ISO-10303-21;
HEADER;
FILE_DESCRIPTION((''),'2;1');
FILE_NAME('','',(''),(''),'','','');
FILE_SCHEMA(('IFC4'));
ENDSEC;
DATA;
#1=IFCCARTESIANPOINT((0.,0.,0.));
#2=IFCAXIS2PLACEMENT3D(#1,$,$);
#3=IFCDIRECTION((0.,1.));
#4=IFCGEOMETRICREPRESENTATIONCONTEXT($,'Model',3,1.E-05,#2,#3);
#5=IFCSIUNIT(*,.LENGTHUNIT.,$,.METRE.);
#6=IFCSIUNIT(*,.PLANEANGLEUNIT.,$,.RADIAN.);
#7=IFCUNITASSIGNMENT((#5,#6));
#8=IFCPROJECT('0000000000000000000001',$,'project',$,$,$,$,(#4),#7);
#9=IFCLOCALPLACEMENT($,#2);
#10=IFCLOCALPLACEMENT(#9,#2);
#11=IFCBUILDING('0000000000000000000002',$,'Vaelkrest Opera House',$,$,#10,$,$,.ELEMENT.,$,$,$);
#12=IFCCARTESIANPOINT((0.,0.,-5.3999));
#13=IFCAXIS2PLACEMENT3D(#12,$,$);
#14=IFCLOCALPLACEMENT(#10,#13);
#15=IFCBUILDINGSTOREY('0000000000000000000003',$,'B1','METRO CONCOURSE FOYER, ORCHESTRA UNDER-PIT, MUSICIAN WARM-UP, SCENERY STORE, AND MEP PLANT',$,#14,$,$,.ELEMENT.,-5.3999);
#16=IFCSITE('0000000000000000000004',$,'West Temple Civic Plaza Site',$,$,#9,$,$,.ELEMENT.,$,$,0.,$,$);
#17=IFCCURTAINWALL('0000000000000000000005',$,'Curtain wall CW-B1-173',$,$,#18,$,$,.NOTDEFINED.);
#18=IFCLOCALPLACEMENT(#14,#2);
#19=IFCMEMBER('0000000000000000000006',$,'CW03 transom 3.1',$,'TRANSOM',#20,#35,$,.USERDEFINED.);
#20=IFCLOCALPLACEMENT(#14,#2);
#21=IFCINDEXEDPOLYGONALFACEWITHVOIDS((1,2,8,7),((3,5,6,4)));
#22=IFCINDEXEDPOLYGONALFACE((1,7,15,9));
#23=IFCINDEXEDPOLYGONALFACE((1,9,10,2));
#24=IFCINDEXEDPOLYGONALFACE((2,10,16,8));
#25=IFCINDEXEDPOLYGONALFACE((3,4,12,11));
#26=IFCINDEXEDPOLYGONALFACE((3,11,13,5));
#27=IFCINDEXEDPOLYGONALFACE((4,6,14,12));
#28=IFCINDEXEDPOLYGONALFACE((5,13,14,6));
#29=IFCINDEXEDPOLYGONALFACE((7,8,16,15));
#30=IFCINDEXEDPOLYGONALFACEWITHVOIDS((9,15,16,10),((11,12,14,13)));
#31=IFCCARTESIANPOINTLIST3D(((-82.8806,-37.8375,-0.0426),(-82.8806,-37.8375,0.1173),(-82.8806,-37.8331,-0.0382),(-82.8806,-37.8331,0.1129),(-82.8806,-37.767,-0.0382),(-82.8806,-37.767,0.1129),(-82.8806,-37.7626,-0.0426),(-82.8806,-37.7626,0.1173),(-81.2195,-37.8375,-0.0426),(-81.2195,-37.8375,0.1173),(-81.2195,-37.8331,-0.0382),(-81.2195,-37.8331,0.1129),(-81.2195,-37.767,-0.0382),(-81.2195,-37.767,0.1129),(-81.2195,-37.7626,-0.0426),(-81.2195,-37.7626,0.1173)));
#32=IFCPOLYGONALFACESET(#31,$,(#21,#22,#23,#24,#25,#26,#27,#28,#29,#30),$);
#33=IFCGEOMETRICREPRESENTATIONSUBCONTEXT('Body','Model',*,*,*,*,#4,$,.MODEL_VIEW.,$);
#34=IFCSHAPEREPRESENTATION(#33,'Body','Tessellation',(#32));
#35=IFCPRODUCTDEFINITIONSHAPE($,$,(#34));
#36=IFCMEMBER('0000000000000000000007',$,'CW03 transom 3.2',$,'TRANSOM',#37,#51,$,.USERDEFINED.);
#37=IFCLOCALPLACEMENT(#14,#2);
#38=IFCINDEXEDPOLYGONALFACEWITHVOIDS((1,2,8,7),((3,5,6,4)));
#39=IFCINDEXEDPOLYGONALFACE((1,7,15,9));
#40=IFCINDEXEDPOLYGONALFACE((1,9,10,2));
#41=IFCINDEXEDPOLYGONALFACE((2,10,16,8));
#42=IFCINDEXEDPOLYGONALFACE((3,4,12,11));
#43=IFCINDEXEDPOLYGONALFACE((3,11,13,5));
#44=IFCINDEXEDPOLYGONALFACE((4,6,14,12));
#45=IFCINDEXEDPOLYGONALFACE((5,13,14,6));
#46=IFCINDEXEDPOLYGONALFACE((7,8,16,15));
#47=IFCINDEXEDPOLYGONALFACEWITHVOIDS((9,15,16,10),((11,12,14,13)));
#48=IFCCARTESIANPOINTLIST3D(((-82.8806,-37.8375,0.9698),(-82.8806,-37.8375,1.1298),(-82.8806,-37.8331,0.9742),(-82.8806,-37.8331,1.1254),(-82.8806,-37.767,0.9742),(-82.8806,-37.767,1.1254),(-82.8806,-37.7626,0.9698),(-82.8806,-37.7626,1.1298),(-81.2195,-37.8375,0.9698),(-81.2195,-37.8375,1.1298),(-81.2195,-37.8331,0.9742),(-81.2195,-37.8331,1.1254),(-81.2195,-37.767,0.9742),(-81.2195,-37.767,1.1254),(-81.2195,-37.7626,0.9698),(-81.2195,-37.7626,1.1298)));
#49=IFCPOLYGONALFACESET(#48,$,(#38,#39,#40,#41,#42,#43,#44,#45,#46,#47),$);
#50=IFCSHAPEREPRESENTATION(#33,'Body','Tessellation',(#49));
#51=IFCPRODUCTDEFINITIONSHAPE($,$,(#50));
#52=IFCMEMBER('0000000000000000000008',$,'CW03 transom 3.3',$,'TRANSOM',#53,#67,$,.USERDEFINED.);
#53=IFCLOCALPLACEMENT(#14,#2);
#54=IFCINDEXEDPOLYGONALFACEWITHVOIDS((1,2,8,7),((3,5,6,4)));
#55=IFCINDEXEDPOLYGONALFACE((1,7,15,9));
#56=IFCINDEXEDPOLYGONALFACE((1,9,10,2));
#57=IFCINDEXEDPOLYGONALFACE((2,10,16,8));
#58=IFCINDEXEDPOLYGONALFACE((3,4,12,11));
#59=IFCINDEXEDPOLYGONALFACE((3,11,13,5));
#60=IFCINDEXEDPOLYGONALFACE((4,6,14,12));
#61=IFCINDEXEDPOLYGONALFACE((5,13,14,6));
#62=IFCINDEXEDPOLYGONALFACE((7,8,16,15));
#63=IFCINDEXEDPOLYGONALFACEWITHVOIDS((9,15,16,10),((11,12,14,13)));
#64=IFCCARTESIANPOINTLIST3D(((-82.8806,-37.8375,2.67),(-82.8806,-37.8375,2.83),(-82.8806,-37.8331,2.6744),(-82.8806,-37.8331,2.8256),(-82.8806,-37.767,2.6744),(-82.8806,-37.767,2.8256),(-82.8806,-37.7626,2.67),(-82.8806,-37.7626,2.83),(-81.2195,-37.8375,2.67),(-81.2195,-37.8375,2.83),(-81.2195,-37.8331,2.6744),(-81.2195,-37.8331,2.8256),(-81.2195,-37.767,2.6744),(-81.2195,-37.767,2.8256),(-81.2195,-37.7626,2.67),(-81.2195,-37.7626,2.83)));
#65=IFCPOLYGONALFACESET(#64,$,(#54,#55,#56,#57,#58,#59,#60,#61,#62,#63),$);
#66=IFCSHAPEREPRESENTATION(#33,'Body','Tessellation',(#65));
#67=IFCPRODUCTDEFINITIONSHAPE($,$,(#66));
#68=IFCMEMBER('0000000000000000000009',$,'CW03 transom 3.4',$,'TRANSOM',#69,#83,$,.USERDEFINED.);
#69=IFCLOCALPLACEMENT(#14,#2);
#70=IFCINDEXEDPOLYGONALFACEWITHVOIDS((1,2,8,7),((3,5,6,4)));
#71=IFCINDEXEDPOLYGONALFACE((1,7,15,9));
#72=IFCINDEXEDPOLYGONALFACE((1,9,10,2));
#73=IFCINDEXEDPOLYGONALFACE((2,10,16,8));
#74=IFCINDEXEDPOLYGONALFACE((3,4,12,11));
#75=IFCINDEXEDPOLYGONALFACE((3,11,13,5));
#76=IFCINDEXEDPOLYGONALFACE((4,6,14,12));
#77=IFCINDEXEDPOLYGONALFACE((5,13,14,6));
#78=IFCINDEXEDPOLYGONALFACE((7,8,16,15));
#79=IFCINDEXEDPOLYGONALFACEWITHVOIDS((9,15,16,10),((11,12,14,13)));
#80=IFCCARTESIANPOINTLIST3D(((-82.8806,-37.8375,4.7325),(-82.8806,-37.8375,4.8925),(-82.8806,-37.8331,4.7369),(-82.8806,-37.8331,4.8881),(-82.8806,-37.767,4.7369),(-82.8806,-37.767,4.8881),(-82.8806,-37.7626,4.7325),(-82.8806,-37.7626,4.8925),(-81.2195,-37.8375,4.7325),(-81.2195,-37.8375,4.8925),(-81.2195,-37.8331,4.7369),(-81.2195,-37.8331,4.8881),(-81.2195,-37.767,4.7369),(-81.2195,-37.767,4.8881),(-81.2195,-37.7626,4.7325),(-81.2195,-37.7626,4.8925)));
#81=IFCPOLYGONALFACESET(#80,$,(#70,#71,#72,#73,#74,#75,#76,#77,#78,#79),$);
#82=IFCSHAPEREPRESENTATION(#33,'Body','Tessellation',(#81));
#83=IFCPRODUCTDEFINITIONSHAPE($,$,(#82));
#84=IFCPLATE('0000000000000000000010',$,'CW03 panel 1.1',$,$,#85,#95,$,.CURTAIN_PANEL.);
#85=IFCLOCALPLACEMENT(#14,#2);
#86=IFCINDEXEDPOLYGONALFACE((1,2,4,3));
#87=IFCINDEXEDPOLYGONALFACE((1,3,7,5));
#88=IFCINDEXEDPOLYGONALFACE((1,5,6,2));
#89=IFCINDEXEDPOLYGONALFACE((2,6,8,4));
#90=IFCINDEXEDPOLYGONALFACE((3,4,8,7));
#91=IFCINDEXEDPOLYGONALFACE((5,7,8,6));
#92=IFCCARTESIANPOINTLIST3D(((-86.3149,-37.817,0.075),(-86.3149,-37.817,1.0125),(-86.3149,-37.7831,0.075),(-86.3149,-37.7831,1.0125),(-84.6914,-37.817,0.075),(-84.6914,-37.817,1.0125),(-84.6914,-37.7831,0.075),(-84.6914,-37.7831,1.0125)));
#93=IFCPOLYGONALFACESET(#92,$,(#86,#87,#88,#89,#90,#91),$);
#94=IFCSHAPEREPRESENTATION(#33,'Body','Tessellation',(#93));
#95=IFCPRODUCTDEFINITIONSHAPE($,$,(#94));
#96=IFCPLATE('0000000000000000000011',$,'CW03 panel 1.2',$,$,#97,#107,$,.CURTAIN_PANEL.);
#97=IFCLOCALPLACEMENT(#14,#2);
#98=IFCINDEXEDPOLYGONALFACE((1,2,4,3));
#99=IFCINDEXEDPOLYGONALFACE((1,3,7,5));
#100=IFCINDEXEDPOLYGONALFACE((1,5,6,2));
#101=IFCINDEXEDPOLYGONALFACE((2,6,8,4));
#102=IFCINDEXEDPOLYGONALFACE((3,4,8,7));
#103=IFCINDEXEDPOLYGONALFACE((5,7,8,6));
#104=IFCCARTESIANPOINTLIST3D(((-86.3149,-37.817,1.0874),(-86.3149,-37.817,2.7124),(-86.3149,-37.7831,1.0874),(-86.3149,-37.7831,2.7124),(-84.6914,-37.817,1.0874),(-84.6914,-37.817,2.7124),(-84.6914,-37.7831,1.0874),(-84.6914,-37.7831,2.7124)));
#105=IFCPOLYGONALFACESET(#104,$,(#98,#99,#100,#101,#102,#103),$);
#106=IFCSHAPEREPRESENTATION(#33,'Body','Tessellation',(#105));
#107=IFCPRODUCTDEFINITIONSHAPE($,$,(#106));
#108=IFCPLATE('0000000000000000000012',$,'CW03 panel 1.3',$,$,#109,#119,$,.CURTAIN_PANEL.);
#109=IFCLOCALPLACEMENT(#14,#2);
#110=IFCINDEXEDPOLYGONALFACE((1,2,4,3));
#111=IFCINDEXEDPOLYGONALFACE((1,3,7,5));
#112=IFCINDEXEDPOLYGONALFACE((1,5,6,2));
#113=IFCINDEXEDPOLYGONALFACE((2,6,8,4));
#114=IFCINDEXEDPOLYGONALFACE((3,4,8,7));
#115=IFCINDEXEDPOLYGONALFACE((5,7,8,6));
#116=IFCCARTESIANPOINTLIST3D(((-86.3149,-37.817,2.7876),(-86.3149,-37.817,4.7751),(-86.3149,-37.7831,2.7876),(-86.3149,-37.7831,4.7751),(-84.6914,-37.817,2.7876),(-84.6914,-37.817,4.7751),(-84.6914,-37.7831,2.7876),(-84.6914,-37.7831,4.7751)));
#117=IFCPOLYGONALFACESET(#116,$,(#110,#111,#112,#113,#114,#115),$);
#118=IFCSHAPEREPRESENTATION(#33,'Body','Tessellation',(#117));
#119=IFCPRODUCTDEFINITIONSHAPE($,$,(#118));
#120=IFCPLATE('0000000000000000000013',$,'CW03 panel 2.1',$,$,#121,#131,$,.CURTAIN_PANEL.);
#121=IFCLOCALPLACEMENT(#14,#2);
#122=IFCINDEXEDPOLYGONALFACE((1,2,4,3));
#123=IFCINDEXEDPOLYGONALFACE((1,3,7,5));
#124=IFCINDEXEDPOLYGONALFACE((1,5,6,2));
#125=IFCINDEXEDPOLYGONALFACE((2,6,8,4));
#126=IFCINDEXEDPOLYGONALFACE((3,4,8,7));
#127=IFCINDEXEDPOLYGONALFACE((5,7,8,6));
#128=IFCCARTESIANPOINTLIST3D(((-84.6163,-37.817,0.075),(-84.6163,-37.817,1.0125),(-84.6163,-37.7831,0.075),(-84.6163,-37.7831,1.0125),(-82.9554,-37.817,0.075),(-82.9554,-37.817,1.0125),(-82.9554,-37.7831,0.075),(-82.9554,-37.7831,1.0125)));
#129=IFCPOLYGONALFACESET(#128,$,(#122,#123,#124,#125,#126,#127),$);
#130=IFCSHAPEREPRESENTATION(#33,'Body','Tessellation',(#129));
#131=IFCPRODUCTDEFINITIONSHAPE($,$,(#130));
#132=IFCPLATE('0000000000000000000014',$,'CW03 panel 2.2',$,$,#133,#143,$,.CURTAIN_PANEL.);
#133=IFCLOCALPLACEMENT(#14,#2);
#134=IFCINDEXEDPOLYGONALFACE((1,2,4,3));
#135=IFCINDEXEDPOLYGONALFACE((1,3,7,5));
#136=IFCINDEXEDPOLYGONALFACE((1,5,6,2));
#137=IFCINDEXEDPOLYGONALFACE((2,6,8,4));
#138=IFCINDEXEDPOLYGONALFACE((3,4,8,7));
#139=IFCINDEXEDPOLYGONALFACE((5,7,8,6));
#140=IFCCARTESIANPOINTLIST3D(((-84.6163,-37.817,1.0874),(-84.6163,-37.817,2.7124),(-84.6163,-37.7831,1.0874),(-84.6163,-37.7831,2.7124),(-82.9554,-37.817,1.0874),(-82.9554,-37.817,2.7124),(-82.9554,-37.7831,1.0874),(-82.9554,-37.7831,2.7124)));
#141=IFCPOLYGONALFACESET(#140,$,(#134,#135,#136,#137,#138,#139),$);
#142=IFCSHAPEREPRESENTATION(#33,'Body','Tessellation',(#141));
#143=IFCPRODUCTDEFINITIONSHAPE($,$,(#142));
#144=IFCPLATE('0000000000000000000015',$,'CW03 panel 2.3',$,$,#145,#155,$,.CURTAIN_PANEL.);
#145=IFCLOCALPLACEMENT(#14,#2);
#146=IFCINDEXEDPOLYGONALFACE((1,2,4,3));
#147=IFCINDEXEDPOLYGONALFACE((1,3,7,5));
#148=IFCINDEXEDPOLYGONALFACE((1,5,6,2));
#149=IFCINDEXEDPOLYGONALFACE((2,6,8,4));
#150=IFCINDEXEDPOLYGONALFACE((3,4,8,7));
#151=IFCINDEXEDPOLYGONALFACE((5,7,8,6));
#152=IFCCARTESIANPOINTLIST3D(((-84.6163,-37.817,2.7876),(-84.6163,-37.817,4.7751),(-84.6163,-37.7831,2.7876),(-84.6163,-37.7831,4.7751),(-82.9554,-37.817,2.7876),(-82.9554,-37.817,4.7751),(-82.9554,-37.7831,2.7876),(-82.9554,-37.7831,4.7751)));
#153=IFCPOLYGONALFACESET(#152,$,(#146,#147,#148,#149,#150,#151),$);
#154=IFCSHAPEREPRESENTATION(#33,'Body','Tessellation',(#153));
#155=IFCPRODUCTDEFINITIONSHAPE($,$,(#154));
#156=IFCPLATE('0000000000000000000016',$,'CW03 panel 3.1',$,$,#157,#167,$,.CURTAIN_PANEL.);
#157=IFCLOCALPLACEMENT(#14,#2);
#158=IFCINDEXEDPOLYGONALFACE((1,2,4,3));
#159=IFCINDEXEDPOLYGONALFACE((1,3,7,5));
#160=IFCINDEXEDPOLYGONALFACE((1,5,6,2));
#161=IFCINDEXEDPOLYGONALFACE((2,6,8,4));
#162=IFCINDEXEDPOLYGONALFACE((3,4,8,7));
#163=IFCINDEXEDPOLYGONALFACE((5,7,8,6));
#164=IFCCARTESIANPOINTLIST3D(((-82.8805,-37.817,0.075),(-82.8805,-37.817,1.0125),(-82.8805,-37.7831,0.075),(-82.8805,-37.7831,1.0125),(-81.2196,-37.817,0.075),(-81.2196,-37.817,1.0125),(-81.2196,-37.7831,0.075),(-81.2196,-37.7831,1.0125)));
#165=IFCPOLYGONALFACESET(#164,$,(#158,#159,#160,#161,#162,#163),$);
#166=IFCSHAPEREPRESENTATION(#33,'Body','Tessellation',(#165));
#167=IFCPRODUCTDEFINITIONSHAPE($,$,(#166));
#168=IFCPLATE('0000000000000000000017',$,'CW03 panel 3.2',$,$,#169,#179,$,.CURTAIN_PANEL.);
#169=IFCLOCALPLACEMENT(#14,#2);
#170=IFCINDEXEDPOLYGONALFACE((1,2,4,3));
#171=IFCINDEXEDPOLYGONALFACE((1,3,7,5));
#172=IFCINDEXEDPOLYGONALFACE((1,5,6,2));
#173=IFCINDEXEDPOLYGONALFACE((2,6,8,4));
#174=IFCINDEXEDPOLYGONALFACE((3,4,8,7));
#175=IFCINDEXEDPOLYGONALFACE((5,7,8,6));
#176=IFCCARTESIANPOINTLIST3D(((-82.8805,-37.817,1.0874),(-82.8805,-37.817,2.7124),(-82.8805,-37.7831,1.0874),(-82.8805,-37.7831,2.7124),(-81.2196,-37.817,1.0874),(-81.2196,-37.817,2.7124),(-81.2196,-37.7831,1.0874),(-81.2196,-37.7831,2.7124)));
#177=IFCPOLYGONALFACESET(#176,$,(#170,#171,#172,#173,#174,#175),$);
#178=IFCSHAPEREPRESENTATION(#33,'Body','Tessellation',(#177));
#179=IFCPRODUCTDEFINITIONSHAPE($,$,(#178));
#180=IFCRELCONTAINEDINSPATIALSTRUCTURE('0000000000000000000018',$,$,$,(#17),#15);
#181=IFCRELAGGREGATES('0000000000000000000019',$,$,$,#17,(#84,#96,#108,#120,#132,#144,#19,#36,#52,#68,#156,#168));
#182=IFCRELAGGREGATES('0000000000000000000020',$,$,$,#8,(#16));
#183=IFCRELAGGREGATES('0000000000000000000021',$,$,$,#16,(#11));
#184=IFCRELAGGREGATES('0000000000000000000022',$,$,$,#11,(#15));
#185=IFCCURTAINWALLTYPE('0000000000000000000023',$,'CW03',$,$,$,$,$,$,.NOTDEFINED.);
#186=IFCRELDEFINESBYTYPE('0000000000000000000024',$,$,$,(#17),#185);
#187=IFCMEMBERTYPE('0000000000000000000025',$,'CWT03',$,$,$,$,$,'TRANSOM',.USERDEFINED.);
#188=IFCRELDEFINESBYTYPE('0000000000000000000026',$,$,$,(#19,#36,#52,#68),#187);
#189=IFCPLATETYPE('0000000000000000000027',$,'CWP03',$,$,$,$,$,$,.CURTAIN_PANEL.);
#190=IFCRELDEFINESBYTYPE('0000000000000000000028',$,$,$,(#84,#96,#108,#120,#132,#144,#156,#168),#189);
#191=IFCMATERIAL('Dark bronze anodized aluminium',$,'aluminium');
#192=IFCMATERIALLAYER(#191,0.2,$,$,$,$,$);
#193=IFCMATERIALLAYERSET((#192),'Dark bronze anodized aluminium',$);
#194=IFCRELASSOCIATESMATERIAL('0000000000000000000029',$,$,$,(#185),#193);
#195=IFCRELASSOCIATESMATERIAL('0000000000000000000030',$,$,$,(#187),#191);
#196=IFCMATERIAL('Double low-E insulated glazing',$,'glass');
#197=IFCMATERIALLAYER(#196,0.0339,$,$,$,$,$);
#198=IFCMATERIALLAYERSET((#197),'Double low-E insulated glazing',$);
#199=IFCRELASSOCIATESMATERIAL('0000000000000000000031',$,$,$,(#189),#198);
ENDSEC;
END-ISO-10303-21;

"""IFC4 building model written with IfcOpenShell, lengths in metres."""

from ifc_helpers import new_model, si_unit, direction, frame, origin, origin_2d, place, context, subcontext, project, spatial, rectangle, hollow_rectangle, extrude, material, layer, layer_set, material_profile, profile_set, type_object, element, aggregate, save


model = new_model("IFC4")

# Units and contexts
model_context = context("Model", 3, precision=1e-05, world=origin(), true_north=direction((0.0, 1.0)))
body_context = subcontext(model_context, "Body", "Model", "MODEL_VIEW")
ifc_project = project(units=[si_unit("LENGTHUNIT", "METRE"), si_unit("PLANEANGLEUNIT", "RADIAN")], contexts=[model_context])

# Site, building, storey
site_placement = place(None, origin())
site = spatial("IfcSite", under=ifc_project, at=site_placement, Name="West Temple Civic Plaza Site", CompositionType="ELEMENT", RefElevation=0.0)
building_placement = place(site_placement, origin())
building = spatial("IfcBuilding", under=site, at=building_placement, Name="Vaelkrest Opera House", CompositionType="ELEMENT")
storey_placement = place(building_placement, frame((0.0, 0.0, -5.3999)))
storey = spatial("IfcBuildingStorey", under=building, at=storey_placement, Name="B1", Description="METRO CONCOURSE FOYER, ORCHESTRA UNDER-PIT, MUSICIAN WARM-UP, SCENERY STORE, AND MEP PLANT", CompositionType="ELEMENT", Elevation=-5.3999)

# Curtain wall, members, plates
ifc_material_1 = material(Name="Dark bronze anodized aluminium", Category="aluminium")
ifc_layer_1 = layer(ifc_material_1, 0.2)
ifc_layer_set_1 = layer_set([ifc_layer_1], Name="Dark bronze anodized aluminium")
curtain_wall_type = type_object("IfcCurtainWallType", Name="CW03", PredefinedType="NOTDEFINED", material=ifc_layer_set_1)
curtain_wall_placement = place(storey_placement, origin())
curtain_wall = element("IfcCurtainWall", 1, at=curtain_wall_placement, inside=storey, type_object=curtain_wall_type, Name="Curtain wall CW-B1-173", PredefinedType="NOTDEFINED")
ifc_material_profile_1 = material_profile(ifc_material_1, hollow_rectangle(XDim=0.075, YDim=0.1599, WallThickness=0.0044, at=origin_2d()), Name="CWT75X160")
ifc_profile_set_1 = profile_set([ifc_material_profile_1], Name="Dark bronze anodized aluminium")
member_type_1 = type_object("IfcMemberType", Name="CWT03", ElementType="TRANSOM", PredefinedType="USERDEFINED", material=ifc_profile_set_1)
member_1_placement = place(storey_placement, frame((-82.8806, -37.8, 0.0374), z_axis=(1.0, 0.0, 0.0), x_axis=(0.0, 1.0, 0.0)))
member_1 = element("IfcMember", 2, at=member_1_placement, type_object=member_type_1, Name="CW03 transom 3.1", ObjectType="TRANSOM", PredefinedType="USERDEFINED", context=body_context, shape_type="SweptSolid", body=[
    extrude(hollow_rectangle(XDim=0.075, YDim=0.1599, WallThickness=0.0044, at=origin_2d()), origin(), (0.0, 0.0, 1.0), 1.6611),
])
member_2_placement = place(storey_placement, frame((-82.8806, -37.8, 1.0498), z_axis=(1.0, 0.0, 0.0), x_axis=(0.0, 1.0, 0.0)))
member_2 = element("IfcMember", 3, at=member_2_placement, type_object=member_type_1, Name="CW03 transom 3.2", ObjectType="TRANSOM", PredefinedType="USERDEFINED", context=body_context, shape_type="SweptSolid", body=[
    extrude(hollow_rectangle(XDim=0.075, YDim=0.1599, WallThickness=0.0044, at=origin_2d()), origin(), (0.0, 0.0, 1.0), 1.6611),
])
member_3_placement = place(storey_placement, frame((-82.8806, -37.8, 2.75), z_axis=(1.0, 0.0, 0.0), x_axis=(0.0, 1.0, 0.0)))
member_3 = element("IfcMember", 4, at=member_3_placement, type_object=member_type_1, Name="CW03 transom 3.3", ObjectType="TRANSOM", PredefinedType="USERDEFINED", context=body_context, shape_type="SweptSolid", body=[
    extrude(hollow_rectangle(XDim=0.075, YDim=0.1599, WallThickness=0.0044, at=origin_2d()), origin(), (0.0, 0.0, 1.0), 1.6611),
])
member_4_placement = place(storey_placement, frame((-82.8806, -37.8, 4.8125), z_axis=(1.0, 0.0, 0.0), x_axis=(0.0, 1.0, 0.0)))
member_4 = element("IfcMember", 5, at=member_4_placement, type_object=member_type_1, Name="CW03 transom 3.4", ObjectType="TRANSOM", PredefinedType="USERDEFINED", context=body_context, shape_type="SweptSolid", body=[
    extrude(hollow_rectangle(XDim=0.075, YDim=0.1599, WallThickness=0.0044, at=origin_2d()), origin(), (0.0, 0.0, 1.0), 1.6611),
])
ifc_material_2 = material(Name="Double low-E insulated glazing", Category="glass")
ifc_layer_2 = layer(ifc_material_2, 0.0339)
ifc_layer_set_2 = layer_set([ifc_layer_2], Name="Double low-E insulated glazing")
plate_type = type_object("IfcPlateType", Name="CWP03", PredefinedType="CURTAIN_PANEL", material=ifc_layer_set_2)
plate_1_placement = place(storey_placement, frame((-85.5032, -37.8, 0.075), z_axis=(0.0, 0.0, 1.0), x_axis=(1.0, 0.0, 0.0)))
plate_1 = element("IfcPlate", 6, at=plate_1_placement, type_object=plate_type, Name="CW03 panel 1.1", PredefinedType="CURTAIN_PANEL", context=body_context, shape_type="SweptSolid", body=[
    extrude(rectangle(XDim=1.6235, YDim=0.0339, at=origin_2d()), origin(), (0.0, 0.0, 1.0), 0.9375),
])
plate_2_placement = place(storey_placement, frame((-85.5032, -37.8, 1.0874), z_axis=(0.0, 0.0, 1.0), x_axis=(1.0, 0.0, 0.0)))
plate_2 = element("IfcPlate", 7, at=plate_2_placement, type_object=plate_type, Name="CW03 panel 1.2", PredefinedType="CURTAIN_PANEL", context=body_context, shape_type="SweptSolid", body=[
    extrude(rectangle(XDim=1.6235, YDim=0.0339, at=origin_2d()), origin(), (0.0, 0.0, 1.0), 1.625),
])
plate_3_placement = place(storey_placement, frame((-85.5032, -37.8, 2.7876), z_axis=(0.0, 0.0, 1.0), x_axis=(1.0, 0.0, 0.0)))
plate_3 = element("IfcPlate", 8, at=plate_3_placement, type_object=plate_type, Name="CW03 panel 1.3", PredefinedType="CURTAIN_PANEL", context=body_context, shape_type="SweptSolid", body=[
    extrude(rectangle(XDim=1.6235, YDim=0.0339, at=origin_2d()), origin(), (0.0, 0.0, 1.0), 1.9875),
])
plate_4_placement = place(storey_placement, frame((-83.7859, -37.8, 0.075), z_axis=(0.0, 0.0, 1.0), x_axis=(1.0, 0.0, 0.0)))
plate_4 = element("IfcPlate", 9, at=plate_4_placement, type_object=plate_type, Name="CW03 panel 2.1", PredefinedType="CURTAIN_PANEL", context=body_context, shape_type="SweptSolid", body=[
    extrude(rectangle(XDim=1.6609, YDim=0.0339, at=origin_2d()), origin(), (0.0, 0.0, 1.0), 0.9375),
])
plate_5_placement = place(storey_placement, frame((-83.7859, -37.8, 1.0874), z_axis=(0.0, 0.0, 1.0), x_axis=(1.0, 0.0, 0.0)))
plate_5 = element("IfcPlate", 10, at=plate_5_placement, type_object=plate_type, Name="CW03 panel 2.2", PredefinedType="CURTAIN_PANEL", context=body_context, shape_type="SweptSolid", body=[
    extrude(rectangle(XDim=1.6609, YDim=0.0339, at=origin_2d()), origin(), (0.0, 0.0, 1.0), 1.625),
])
plate_6_placement = place(storey_placement, frame((-83.7859, -37.8, 2.7876), z_axis=(0.0, 0.0, 1.0), x_axis=(1.0, 0.0, 0.0)))
plate_6 = element("IfcPlate", 11, at=plate_6_placement, type_object=plate_type, Name="CW03 panel 2.3", PredefinedType="CURTAIN_PANEL", context=body_context, shape_type="SweptSolid", body=[
    extrude(rectangle(XDim=1.6609, YDim=0.0339, at=origin_2d()), origin(), (0.0, 0.0, 1.0), 1.9875),
])
plate_7_placement = place(storey_placement, frame((-82.05, -37.8, 0.075), z_axis=(0.0, 0.0, 1.0), x_axis=(1.0, 0.0, 0.0)))
plate_7 = element("IfcPlate", 12, at=plate_7_placement, type_object=plate_type, Name="CW03 panel 3.1", PredefinedType="CURTAIN_PANEL", context=body_context, shape_type="SweptSolid", body=[
    extrude(rectangle(XDim=1.6609, YDim=0.0339, at=origin_2d()), origin(), (0.0, 0.0, 1.0), 0.9375),
])
plate_8_placement = place(storey_placement, frame((-82.05, -37.8, 1.0874), z_axis=(0.0, 0.0, 1.0), x_axis=(1.0, 0.0, 0.0)))
plate_8 = element("IfcPlate", 13, at=plate_8_placement, type_object=plate_type, Name="CW03 panel 3.2", PredefinedType="CURTAIN_PANEL", context=body_context, shape_type="SweptSolid", body=[
    extrude(rectangle(XDim=1.6609, YDim=0.0339, at=origin_2d()), origin(), (0.0, 0.0, 1.0), 1.625),
])
aggregate(curtain_wall, [plate_1, plate_2, plate_3, plate_4, plate_5, plate_6, member_1, member_2, member_3, member_4, plate_7, plate_8])

save(model, "model.ifc")
